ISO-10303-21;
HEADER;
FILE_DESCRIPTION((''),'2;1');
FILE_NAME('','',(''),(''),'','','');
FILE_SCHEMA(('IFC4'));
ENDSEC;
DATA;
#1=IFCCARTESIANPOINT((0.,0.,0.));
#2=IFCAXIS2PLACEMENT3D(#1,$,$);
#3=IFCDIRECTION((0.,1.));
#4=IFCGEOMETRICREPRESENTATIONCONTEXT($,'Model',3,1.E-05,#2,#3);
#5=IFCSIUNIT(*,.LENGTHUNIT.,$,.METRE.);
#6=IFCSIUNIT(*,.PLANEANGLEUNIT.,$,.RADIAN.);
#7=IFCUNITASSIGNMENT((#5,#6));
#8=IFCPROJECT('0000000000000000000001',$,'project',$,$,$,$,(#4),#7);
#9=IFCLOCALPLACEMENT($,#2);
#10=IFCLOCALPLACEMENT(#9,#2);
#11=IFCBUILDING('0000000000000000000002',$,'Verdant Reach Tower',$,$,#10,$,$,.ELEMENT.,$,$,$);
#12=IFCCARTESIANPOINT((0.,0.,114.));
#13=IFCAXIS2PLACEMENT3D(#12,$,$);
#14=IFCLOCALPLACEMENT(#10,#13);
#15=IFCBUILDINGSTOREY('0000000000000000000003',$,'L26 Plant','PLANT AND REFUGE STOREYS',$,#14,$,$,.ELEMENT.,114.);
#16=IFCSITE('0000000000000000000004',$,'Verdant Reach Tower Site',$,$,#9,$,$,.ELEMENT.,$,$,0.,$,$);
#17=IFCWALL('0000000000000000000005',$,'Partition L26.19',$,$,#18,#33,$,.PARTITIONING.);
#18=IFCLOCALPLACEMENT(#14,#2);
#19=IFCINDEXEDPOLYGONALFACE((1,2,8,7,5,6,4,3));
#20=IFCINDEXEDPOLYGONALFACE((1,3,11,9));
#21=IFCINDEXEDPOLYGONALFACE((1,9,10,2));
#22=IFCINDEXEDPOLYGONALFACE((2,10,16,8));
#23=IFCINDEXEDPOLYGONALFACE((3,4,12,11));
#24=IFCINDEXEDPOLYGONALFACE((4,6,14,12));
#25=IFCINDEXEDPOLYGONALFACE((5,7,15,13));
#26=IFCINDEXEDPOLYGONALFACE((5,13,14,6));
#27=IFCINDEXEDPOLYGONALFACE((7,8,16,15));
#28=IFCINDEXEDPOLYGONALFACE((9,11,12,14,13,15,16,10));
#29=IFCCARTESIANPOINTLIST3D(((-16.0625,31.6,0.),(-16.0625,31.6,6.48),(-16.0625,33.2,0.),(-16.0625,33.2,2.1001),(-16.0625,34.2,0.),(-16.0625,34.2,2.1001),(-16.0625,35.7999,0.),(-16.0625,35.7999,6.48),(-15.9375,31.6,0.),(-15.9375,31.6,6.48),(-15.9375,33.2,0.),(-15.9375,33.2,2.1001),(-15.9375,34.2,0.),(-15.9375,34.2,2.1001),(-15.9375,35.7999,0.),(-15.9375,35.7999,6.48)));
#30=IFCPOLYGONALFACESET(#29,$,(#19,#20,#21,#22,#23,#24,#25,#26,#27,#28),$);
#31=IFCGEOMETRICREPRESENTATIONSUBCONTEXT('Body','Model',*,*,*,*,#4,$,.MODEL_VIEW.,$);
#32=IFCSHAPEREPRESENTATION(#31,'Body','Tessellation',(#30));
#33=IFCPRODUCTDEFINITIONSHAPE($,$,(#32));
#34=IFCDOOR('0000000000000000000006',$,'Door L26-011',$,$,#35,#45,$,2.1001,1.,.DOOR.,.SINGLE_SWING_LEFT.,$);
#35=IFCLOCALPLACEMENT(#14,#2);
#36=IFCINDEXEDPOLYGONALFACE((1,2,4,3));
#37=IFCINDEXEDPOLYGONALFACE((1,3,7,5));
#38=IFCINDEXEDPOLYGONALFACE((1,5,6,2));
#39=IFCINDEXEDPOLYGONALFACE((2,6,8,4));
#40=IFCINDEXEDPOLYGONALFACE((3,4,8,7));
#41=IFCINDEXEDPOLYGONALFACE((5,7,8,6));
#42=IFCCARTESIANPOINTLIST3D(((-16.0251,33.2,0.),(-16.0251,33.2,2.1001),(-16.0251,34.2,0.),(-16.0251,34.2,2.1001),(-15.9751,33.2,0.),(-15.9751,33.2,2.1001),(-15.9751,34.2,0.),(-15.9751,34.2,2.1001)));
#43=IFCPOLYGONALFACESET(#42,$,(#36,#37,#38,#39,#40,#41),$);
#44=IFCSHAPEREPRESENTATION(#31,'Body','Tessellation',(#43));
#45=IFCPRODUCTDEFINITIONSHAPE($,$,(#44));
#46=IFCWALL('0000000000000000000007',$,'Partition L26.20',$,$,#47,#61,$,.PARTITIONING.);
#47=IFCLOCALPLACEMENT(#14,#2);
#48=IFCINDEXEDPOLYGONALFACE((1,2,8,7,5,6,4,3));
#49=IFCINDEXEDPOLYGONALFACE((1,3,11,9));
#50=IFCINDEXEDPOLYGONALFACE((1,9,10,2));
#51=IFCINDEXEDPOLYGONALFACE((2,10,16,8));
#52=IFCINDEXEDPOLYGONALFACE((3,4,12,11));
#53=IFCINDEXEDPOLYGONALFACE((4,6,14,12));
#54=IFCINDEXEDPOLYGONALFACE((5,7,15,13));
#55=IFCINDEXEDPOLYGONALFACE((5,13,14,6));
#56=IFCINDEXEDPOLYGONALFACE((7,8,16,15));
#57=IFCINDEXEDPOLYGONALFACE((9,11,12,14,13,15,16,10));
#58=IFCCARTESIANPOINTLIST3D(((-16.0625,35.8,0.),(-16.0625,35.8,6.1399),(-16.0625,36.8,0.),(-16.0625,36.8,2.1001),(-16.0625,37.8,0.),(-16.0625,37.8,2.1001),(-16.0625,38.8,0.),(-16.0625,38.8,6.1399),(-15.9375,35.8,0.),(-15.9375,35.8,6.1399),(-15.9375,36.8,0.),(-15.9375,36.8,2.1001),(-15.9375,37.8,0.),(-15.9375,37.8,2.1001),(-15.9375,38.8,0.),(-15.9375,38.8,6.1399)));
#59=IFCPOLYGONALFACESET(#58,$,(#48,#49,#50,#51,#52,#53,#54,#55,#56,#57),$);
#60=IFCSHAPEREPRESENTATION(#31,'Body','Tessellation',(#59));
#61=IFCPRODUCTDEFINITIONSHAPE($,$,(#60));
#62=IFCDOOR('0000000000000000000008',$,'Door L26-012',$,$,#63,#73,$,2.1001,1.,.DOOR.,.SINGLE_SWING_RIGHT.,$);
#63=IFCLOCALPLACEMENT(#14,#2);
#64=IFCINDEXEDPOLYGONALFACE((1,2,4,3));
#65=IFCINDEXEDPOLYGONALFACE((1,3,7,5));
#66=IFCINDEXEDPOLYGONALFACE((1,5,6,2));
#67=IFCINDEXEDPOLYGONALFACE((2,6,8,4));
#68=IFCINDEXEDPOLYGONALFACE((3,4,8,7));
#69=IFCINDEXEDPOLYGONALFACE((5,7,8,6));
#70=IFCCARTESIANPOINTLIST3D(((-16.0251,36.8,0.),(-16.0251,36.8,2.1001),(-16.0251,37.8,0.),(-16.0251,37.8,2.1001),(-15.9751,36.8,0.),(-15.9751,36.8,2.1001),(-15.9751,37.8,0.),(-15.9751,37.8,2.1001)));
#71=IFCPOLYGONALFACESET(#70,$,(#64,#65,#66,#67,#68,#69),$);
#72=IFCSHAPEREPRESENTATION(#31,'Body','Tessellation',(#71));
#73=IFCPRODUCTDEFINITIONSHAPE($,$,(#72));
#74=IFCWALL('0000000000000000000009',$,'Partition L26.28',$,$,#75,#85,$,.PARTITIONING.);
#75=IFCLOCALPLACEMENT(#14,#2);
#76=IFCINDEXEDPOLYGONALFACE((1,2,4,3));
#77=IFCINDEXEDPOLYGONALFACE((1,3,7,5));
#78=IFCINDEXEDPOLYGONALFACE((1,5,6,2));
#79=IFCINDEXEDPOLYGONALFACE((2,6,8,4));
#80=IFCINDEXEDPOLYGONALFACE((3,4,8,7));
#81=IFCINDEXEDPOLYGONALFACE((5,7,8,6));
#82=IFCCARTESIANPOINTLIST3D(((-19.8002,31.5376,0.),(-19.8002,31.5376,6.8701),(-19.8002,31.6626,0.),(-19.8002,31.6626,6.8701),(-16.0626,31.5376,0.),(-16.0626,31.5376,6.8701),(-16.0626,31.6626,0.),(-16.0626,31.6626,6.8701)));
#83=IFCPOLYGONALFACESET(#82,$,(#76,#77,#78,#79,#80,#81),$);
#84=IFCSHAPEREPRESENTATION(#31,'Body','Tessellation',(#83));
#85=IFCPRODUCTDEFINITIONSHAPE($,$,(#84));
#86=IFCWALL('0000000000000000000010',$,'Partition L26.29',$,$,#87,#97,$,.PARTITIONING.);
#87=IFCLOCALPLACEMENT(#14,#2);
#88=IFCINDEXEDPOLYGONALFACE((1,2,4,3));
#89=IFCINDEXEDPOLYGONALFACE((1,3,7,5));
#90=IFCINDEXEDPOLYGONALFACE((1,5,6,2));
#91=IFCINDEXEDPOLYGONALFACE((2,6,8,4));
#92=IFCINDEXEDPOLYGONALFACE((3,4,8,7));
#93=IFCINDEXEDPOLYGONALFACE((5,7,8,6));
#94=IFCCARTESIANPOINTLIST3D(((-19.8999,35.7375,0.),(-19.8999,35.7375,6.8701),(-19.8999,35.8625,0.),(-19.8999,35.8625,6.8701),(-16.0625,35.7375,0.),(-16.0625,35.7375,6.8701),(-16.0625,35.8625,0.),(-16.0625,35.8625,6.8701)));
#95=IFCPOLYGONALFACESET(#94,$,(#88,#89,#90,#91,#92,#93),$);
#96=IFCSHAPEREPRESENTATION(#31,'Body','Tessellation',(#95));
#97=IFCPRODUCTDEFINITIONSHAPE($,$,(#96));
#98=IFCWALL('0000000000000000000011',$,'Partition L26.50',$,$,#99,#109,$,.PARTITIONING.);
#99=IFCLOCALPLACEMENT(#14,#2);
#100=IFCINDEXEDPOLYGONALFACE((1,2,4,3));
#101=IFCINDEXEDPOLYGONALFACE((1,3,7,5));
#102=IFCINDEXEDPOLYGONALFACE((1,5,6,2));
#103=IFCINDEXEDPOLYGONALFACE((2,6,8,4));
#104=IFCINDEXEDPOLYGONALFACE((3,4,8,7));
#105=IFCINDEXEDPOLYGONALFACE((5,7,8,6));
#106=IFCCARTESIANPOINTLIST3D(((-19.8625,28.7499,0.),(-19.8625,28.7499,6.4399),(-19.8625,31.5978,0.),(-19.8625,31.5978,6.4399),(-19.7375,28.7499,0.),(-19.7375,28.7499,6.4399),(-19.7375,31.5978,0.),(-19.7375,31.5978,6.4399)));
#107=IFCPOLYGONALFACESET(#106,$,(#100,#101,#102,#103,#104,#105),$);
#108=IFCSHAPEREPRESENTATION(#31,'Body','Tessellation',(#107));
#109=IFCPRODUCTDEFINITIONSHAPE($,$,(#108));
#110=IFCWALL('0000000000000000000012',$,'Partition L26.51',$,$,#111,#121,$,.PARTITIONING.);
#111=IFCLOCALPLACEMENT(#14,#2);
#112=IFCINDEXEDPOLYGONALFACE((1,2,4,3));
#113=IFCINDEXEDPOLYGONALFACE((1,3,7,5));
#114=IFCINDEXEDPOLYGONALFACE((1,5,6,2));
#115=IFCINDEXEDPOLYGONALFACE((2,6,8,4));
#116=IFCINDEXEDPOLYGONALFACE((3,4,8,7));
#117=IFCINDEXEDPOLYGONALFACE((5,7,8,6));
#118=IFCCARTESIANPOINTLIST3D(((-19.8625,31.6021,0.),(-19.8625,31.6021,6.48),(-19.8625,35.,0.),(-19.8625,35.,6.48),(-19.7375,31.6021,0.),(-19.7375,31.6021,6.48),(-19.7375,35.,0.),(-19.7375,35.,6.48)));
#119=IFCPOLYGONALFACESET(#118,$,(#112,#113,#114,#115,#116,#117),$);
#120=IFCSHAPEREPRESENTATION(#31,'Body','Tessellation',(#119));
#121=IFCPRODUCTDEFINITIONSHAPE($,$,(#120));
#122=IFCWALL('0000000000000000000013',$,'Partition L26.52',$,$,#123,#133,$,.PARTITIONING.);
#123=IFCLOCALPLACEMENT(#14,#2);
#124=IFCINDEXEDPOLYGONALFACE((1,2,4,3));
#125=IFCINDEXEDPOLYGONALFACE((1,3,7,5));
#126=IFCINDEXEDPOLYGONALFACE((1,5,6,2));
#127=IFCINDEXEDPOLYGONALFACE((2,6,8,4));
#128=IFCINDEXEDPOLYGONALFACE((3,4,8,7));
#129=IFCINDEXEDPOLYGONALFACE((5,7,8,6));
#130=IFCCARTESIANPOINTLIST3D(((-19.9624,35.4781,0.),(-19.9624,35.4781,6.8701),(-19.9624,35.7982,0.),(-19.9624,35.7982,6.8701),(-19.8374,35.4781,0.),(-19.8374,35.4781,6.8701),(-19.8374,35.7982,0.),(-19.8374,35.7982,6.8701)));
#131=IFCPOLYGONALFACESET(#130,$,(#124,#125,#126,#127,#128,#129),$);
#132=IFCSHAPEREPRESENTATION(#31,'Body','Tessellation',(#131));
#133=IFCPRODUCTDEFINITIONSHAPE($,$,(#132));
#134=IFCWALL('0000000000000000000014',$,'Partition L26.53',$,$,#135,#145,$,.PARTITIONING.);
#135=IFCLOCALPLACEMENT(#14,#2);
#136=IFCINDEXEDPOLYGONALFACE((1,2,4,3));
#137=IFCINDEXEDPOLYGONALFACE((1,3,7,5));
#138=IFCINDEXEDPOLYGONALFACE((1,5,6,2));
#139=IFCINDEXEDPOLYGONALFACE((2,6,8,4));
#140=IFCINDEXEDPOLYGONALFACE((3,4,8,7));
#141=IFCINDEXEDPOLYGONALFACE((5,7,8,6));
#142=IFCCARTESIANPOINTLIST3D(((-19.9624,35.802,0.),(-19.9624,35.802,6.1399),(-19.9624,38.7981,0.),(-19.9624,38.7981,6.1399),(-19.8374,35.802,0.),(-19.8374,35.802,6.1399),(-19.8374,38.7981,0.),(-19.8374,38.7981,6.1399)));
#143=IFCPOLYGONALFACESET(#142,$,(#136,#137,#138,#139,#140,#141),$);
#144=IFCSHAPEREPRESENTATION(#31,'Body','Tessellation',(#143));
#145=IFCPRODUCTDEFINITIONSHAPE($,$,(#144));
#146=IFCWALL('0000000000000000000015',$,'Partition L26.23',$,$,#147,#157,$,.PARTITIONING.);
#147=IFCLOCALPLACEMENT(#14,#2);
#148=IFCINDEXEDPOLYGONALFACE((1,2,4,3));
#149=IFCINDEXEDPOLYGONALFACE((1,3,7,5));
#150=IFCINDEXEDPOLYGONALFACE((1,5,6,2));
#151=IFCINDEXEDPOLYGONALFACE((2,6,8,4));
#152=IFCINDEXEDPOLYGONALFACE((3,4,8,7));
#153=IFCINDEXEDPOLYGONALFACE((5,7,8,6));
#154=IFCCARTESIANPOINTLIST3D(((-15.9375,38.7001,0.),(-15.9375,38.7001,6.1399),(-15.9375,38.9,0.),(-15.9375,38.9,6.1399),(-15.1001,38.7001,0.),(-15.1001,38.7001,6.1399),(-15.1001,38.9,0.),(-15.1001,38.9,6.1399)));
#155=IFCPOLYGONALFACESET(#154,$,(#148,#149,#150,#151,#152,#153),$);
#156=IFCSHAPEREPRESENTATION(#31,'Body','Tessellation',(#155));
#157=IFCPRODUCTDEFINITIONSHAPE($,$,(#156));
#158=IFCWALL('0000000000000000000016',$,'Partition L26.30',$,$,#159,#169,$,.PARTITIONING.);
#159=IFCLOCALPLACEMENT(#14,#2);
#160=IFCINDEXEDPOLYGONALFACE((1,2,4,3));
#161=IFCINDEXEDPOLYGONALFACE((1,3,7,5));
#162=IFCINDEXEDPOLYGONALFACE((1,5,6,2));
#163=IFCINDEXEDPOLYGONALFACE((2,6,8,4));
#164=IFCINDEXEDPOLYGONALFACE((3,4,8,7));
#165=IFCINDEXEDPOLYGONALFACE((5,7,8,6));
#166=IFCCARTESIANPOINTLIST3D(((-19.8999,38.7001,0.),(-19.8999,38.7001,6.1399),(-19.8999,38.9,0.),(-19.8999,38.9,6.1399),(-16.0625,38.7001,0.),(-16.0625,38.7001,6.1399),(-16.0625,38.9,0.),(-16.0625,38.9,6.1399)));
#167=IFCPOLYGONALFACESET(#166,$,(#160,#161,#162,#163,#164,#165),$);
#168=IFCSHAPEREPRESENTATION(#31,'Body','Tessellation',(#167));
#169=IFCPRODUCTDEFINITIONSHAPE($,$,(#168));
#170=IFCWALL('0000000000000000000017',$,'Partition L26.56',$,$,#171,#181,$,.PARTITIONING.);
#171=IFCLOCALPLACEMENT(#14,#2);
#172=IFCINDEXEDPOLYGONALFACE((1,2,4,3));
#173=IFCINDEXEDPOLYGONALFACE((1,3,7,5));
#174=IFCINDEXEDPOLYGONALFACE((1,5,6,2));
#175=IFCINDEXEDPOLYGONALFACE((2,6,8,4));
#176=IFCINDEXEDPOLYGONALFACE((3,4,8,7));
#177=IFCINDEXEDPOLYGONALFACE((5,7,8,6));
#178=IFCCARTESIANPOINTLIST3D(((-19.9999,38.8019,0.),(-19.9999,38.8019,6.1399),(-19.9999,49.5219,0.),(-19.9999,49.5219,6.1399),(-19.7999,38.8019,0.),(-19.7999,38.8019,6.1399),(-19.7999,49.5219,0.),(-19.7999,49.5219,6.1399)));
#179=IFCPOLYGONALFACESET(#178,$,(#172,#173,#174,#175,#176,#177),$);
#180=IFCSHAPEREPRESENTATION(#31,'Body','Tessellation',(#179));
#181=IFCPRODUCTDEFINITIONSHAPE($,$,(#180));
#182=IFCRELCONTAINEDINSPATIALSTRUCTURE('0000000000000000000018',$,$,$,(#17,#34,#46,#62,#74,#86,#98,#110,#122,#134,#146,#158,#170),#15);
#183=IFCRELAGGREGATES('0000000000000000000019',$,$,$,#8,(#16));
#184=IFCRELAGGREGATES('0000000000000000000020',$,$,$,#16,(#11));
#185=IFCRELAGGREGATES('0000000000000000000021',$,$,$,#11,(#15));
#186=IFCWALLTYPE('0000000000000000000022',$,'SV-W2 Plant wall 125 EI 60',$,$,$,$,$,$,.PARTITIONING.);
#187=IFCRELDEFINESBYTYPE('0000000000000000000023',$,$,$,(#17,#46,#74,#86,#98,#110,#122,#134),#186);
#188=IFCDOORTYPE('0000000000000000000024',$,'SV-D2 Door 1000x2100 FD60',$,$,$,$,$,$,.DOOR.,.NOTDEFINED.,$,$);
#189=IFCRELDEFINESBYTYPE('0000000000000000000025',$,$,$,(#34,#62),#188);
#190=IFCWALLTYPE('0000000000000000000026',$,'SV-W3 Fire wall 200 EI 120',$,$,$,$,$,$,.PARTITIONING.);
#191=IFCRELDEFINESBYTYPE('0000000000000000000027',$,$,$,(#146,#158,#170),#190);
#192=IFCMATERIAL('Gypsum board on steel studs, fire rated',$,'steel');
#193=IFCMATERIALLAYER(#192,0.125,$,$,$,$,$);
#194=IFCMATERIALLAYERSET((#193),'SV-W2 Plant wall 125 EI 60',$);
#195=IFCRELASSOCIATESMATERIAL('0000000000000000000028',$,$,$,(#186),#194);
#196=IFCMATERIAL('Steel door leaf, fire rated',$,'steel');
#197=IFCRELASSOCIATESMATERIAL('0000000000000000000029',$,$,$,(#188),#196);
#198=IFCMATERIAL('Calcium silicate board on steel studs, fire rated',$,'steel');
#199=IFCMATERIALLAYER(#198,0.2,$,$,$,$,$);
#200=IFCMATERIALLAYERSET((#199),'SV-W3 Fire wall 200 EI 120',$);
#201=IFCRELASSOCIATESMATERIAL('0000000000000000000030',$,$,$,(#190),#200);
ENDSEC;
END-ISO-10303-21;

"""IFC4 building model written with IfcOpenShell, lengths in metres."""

from ifc_helpers import new_model, si_unit, direction, frame, frame_2d, origin, place, context, subcontext, project, spatial, rectangle, extrude, material, layer, layer_set, type_object, element, fill, save


model = new_model("IFC4")

# Units and contexts
model_context = context("Model", 3, precision=1e-05, world=origin(), true_north=direction((0.0, 1.0)))
body_context = subcontext(model_context, "Body", "Model", "MODEL_VIEW")
ifc_project = project(units=[si_unit("LENGTHUNIT", "METRE"), si_unit("PLANEANGLEUNIT", "RADIAN")], contexts=[model_context])

# Site, building, storey
site_placement = place(None, origin())
site = spatial("IfcSite", under=ifc_project, at=site_placement, Name="Verdant Reach Tower Site", CompositionType="ELEMENT", RefElevation=0.0)
building_placement = place(site_placement, origin())
building = spatial("IfcBuilding", under=site, at=building_placement, Name="Verdant Reach Tower", CompositionType="ELEMENT")
storey_placement = place(building_placement, frame((0.0, 0.0, 114.0)))
storey = spatial("IfcBuildingStorey", under=building, at=storey_placement, Name="L26 Plant", Description="PLANT AND REFUGE STOREYS", CompositionType="ELEMENT", Elevation=114.0)

# Walls, openings, doors
ifc_material_1 = material(Name="Gypsum board on steel studs, fire rated", Category="steel")
ifc_layer_1 = layer(ifc_material_1, 0.125)
ifc_layer_set_1 = layer_set([ifc_layer_1], Name="SV-W2 Plant wall 125 EI 60")
wall_type_1 = type_object("IfcWallType", Name="SV-W2 Plant wall 125 EI 60", PredefinedType="PARTITIONING", material=ifc_layer_set_1)
wall_1_placement = place(storey_placement, frame((-16.0, 35.8, 0.0), z_axis=(0.0, 0.0, 1.0), x_axis=(0.0, -1.0, 0.0)))
wall_1 = element("IfcWall", 1, at=wall_1_placement, inside=storey, type_object=wall_type_1, Name="Partition L26.19", PredefinedType="PARTITIONING", context=body_context, shape_type="SweptSolid", body=[
    extrude(rectangle(XDim=4.2, YDim=0.125, at=frame_2d((2.1001, 0.0))), origin(), (0.0, 0.0, 1.0), 6.48),
])
opening_1_placement = place(wall_1_placement, frame((1.6001, 0.0, 0.0)))
opening_1 = element("IfcOpeningElement", 2, at=opening_1_placement, cuts=wall_1, PredefinedType="OPENING", context=body_context, shape_type="SweptSolid", body=[
    extrude(rectangle(XDim=1.0, YDim=2.1001, at=frame_2d((0.5, 1.05))), frame((0.0, 0.0725, 0.0), z_axis=(0.0, -1.0, 0.0), x_axis=(1.0, 0.0, 0.0)), (0.0, 0.0, 1.0), 0.145),
])
ifc_material_2 = material(Name="Steel door leaf, fire rated", Category="steel")
door_type_1 = type_object("IfcDoorType", Name="SV-D2 Door 1000x2100 FD60", OperationType="NOTDEFINED", PredefinedType="DOOR", material=ifc_material_2)
door_1_placement = place(opening_1_placement, origin())
door_1 = element("IfcDoor", 3, at=door_1_placement, inside=storey, type_object=door_type_1, Name="Door L26-011", OperationType="SINGLE_SWING_LEFT", OverallHeight=2.1001, OverallWidth=1.0, PredefinedType="DOOR", context=body_context, shape_type="SweptSolid", body=[
    extrude(rectangle(XDim=1.0, YDim=2.1001, at=frame_2d((0.5, 1.05))), frame((0.0, 0.0249, 0.0), z_axis=(0.0, -1.0, 0.0), x_axis=(1.0, 0.0, 0.0)), (0.0, 0.0, 1.0), 0.05),
])
fill(opening_1, door_1)
wall_2_placement = place(storey_placement, frame((-16.0, 38.8, 0.0), z_axis=(0.0, 0.0, 1.0), x_axis=(0.0, -1.0, 0.0)))
wall_2 = element("IfcWall", 4, at=wall_2_placement, inside=storey, type_object=wall_type_1, Name="Partition L26.20", PredefinedType="PARTITIONING", context=body_context, shape_type="SweptSolid", body=[
    extrude(rectangle(XDim=3.0, YDim=0.125, at=frame_2d((1.5, 0.0))), origin(), (0.0, 0.0, 1.0), 6.1399),
])
opening_2_placement = place(wall_2_placement, frame((1.0, 0.0, 0.0)))
opening_2 = element("IfcOpeningElement", 5, at=opening_2_placement, cuts=wall_2, PredefinedType="OPENING", context=body_context, shape_type="SweptSolid", body=[
    extrude(rectangle(XDim=1.0, YDim=2.1001, at=frame_2d((0.5, 1.05))), frame((0.0, 0.0725, 0.0), z_axis=(0.0, -1.0, 0.0), x_axis=(1.0, 0.0, 0.0)), (0.0, 0.0, 1.0), 0.145),
])
door_2_placement = place(opening_2_placement, origin())
door_2 = element("IfcDoor", 6, at=door_2_placement, inside=storey, type_object=door_type_1, Name="Door L26-012", OperationType="SINGLE_SWING_RIGHT", OverallHeight=2.1001, OverallWidth=1.0, PredefinedType="DOOR", context=body_context, shape_type="SweptSolid", body=[
    extrude(rectangle(XDim=1.0, YDim=2.1001, at=frame_2d((0.5, 1.05))), frame((0.0, 0.0249, 0.0), z_axis=(0.0, -1.0, 0.0), x_axis=(1.0, 0.0, 0.0)), (0.0, 0.0, 1.0), 0.05),
])
fill(opening_2, door_2)

# Walls
wall_3_placement = place(storey_placement, frame((-19.8, 31.6001, 0.0), z_axis=(0.0, 0.0, 1.0), x_axis=(1.0, 0.0, 0.0)))
element("IfcWall", 7, at=wall_3_placement, inside=storey, type_object=wall_type_1, Name="Partition L26.28", PredefinedType="PARTITIONING", context=body_context, shape_type="SweptSolid", body=[
    extrude(rectangle(XDim=3.7375, YDim=0.125, at=frame_2d((1.8687, 0.0))), origin(), (0.0, 0.0, 1.0), 6.8701),
])
wall_4_placement = place(storey_placement, frame((-19.8999, 35.8, 0.0), z_axis=(0.0, 0.0, 1.0), x_axis=(1.0, 0.0, 0.0)))
element("IfcWall", 8, at=wall_4_placement, inside=storey, type_object=wall_type_1, Name="Partition L26.29", PredefinedType="PARTITIONING", context=body_context, shape_type="SweptSolid", body=[
    extrude(rectangle(XDim=3.8374, YDim=0.125, at=frame_2d((1.9187, 0.0))), origin(), (0.0, 0.0, 1.0), 6.8701),
])
wall_5_placement = place(storey_placement, frame((-19.8, 28.75, 0.0), z_axis=(0.0, 0.0, 1.0), x_axis=(0.0, 1.0, 0.0)))
element("IfcWall", 9, at=wall_5_placement, inside=storey, type_object=wall_type_1, Name="Partition L26.50", PredefinedType="PARTITIONING", context=body_context, shape_type="SweptSolid", body=[
    extrude(rectangle(XDim=2.8479, YDim=0.125, at=frame_2d((1.4238, 0.0))), origin(), (0.0, 0.0, 1.0), 6.4399),
])
wall_6_placement = place(storey_placement, frame((-19.8, 31.6021, 0.0), z_axis=(0.0, 0.0, 1.0), x_axis=(0.0, 1.0, 0.0)))
element("IfcWall", 10, at=wall_6_placement, inside=storey, type_object=wall_type_1, Name="Partition L26.51", PredefinedType="PARTITIONING", context=body_context, shape_type="SweptSolid", body=[
    extrude(rectangle(XDim=3.3979, YDim=0.125, at=frame_2d((1.699, 0.0))), origin(), (0.0, 0.0, 1.0), 6.48),
])
wall_7_placement = place(storey_placement, frame((-19.8999, 35.478, 0.0), z_axis=(0.0, 0.0, 1.0), x_axis=(0.0, 1.0, 0.0)))
element("IfcWall", 11, at=wall_7_placement, inside=storey, type_object=wall_type_1, Name="Partition L26.52", PredefinedType="PARTITIONING", context=body_context, shape_type="SweptSolid", body=[
    extrude(rectangle(XDim=0.3201, YDim=0.125, at=frame_2d((0.1602, 0.0))), origin(), (0.0, 0.0, 1.0), 6.8701),
])
wall_8_placement = place(storey_placement, frame((-19.8999, 35.802, 0.0), z_axis=(0.0, 0.0, 1.0), x_axis=(0.0, 1.0, 0.0)))
element("IfcWall", 12, at=wall_8_placement, inside=storey, type_object=wall_type_1, Name="Partition L26.53", PredefinedType="PARTITIONING", context=body_context, shape_type="SweptSolid", body=[
    extrude(rectangle(XDim=2.9961, YDim=0.125, at=frame_2d((1.498, 0.0))), origin(), (0.0, 0.0, 1.0), 6.1399),
])
ifc_material_3 = material(Name="Calcium silicate board on steel studs, fire rated", Category="steel")
ifc_layer_2 = layer(ifc_material_3, 0.2)
ifc_layer_set_2 = layer_set([ifc_layer_2], Name="SV-W3 Fire wall 200 EI 120")
wall_type_2 = type_object("IfcWallType", Name="SV-W3 Fire wall 200 EI 120", PredefinedType="PARTITIONING", material=ifc_layer_set_2)
wall_9_placement = place(storey_placement, frame((-15.9375, 38.8, 0.0), z_axis=(0.0, 0.0, 1.0), x_axis=(1.0, 0.0, 0.0)))
element("IfcWall", 13, at=wall_9_placement, inside=storey, type_object=wall_type_2, Name="Partition L26.23", PredefinedType="PARTITIONING", context=body_context, shape_type="SweptSolid", body=[
    extrude(rectangle(XDim=0.8374, YDim=0.2, at=frame_2d((0.4187, 0.0))), origin(), (0.0, 0.0, 1.0), 6.1399),
])
wall_10_placement = place(storey_placement, frame((-19.8999, 38.8, 0.0), z_axis=(0.0, 0.0, 1.0), x_axis=(1.0, 0.0, 0.0)))
element("IfcWall", 14, at=wall_10_placement, inside=storey, type_object=wall_type_2, Name="Partition L26.30", PredefinedType="PARTITIONING", context=body_context, shape_type="SweptSolid", body=[
    extrude(rectangle(XDim=3.8374, YDim=0.2, at=frame_2d((1.9187, 0.0))), origin(), (0.0, 0.0, 1.0), 6.1399),
])
wall_11_placement = place(storey_placement, frame((-19.8999, 38.802, 0.0), z_axis=(0.0, 0.0, 1.0), x_axis=(0.0, 1.0, 0.0)))
element("IfcWall", 15, at=wall_11_placement, inside=storey, type_object=wall_type_2, Name="Partition L26.56", PredefinedType="PARTITIONING", context=body_context, shape_type="SweptSolid", body=[
    extrude(rectangle(XDim=10.72, YDim=0.2, at=frame_2d((5.3599, 0.0))), origin(), (0.0, 0.0, 1.0), 6.1399),
])

save(model, "model.ifc")
